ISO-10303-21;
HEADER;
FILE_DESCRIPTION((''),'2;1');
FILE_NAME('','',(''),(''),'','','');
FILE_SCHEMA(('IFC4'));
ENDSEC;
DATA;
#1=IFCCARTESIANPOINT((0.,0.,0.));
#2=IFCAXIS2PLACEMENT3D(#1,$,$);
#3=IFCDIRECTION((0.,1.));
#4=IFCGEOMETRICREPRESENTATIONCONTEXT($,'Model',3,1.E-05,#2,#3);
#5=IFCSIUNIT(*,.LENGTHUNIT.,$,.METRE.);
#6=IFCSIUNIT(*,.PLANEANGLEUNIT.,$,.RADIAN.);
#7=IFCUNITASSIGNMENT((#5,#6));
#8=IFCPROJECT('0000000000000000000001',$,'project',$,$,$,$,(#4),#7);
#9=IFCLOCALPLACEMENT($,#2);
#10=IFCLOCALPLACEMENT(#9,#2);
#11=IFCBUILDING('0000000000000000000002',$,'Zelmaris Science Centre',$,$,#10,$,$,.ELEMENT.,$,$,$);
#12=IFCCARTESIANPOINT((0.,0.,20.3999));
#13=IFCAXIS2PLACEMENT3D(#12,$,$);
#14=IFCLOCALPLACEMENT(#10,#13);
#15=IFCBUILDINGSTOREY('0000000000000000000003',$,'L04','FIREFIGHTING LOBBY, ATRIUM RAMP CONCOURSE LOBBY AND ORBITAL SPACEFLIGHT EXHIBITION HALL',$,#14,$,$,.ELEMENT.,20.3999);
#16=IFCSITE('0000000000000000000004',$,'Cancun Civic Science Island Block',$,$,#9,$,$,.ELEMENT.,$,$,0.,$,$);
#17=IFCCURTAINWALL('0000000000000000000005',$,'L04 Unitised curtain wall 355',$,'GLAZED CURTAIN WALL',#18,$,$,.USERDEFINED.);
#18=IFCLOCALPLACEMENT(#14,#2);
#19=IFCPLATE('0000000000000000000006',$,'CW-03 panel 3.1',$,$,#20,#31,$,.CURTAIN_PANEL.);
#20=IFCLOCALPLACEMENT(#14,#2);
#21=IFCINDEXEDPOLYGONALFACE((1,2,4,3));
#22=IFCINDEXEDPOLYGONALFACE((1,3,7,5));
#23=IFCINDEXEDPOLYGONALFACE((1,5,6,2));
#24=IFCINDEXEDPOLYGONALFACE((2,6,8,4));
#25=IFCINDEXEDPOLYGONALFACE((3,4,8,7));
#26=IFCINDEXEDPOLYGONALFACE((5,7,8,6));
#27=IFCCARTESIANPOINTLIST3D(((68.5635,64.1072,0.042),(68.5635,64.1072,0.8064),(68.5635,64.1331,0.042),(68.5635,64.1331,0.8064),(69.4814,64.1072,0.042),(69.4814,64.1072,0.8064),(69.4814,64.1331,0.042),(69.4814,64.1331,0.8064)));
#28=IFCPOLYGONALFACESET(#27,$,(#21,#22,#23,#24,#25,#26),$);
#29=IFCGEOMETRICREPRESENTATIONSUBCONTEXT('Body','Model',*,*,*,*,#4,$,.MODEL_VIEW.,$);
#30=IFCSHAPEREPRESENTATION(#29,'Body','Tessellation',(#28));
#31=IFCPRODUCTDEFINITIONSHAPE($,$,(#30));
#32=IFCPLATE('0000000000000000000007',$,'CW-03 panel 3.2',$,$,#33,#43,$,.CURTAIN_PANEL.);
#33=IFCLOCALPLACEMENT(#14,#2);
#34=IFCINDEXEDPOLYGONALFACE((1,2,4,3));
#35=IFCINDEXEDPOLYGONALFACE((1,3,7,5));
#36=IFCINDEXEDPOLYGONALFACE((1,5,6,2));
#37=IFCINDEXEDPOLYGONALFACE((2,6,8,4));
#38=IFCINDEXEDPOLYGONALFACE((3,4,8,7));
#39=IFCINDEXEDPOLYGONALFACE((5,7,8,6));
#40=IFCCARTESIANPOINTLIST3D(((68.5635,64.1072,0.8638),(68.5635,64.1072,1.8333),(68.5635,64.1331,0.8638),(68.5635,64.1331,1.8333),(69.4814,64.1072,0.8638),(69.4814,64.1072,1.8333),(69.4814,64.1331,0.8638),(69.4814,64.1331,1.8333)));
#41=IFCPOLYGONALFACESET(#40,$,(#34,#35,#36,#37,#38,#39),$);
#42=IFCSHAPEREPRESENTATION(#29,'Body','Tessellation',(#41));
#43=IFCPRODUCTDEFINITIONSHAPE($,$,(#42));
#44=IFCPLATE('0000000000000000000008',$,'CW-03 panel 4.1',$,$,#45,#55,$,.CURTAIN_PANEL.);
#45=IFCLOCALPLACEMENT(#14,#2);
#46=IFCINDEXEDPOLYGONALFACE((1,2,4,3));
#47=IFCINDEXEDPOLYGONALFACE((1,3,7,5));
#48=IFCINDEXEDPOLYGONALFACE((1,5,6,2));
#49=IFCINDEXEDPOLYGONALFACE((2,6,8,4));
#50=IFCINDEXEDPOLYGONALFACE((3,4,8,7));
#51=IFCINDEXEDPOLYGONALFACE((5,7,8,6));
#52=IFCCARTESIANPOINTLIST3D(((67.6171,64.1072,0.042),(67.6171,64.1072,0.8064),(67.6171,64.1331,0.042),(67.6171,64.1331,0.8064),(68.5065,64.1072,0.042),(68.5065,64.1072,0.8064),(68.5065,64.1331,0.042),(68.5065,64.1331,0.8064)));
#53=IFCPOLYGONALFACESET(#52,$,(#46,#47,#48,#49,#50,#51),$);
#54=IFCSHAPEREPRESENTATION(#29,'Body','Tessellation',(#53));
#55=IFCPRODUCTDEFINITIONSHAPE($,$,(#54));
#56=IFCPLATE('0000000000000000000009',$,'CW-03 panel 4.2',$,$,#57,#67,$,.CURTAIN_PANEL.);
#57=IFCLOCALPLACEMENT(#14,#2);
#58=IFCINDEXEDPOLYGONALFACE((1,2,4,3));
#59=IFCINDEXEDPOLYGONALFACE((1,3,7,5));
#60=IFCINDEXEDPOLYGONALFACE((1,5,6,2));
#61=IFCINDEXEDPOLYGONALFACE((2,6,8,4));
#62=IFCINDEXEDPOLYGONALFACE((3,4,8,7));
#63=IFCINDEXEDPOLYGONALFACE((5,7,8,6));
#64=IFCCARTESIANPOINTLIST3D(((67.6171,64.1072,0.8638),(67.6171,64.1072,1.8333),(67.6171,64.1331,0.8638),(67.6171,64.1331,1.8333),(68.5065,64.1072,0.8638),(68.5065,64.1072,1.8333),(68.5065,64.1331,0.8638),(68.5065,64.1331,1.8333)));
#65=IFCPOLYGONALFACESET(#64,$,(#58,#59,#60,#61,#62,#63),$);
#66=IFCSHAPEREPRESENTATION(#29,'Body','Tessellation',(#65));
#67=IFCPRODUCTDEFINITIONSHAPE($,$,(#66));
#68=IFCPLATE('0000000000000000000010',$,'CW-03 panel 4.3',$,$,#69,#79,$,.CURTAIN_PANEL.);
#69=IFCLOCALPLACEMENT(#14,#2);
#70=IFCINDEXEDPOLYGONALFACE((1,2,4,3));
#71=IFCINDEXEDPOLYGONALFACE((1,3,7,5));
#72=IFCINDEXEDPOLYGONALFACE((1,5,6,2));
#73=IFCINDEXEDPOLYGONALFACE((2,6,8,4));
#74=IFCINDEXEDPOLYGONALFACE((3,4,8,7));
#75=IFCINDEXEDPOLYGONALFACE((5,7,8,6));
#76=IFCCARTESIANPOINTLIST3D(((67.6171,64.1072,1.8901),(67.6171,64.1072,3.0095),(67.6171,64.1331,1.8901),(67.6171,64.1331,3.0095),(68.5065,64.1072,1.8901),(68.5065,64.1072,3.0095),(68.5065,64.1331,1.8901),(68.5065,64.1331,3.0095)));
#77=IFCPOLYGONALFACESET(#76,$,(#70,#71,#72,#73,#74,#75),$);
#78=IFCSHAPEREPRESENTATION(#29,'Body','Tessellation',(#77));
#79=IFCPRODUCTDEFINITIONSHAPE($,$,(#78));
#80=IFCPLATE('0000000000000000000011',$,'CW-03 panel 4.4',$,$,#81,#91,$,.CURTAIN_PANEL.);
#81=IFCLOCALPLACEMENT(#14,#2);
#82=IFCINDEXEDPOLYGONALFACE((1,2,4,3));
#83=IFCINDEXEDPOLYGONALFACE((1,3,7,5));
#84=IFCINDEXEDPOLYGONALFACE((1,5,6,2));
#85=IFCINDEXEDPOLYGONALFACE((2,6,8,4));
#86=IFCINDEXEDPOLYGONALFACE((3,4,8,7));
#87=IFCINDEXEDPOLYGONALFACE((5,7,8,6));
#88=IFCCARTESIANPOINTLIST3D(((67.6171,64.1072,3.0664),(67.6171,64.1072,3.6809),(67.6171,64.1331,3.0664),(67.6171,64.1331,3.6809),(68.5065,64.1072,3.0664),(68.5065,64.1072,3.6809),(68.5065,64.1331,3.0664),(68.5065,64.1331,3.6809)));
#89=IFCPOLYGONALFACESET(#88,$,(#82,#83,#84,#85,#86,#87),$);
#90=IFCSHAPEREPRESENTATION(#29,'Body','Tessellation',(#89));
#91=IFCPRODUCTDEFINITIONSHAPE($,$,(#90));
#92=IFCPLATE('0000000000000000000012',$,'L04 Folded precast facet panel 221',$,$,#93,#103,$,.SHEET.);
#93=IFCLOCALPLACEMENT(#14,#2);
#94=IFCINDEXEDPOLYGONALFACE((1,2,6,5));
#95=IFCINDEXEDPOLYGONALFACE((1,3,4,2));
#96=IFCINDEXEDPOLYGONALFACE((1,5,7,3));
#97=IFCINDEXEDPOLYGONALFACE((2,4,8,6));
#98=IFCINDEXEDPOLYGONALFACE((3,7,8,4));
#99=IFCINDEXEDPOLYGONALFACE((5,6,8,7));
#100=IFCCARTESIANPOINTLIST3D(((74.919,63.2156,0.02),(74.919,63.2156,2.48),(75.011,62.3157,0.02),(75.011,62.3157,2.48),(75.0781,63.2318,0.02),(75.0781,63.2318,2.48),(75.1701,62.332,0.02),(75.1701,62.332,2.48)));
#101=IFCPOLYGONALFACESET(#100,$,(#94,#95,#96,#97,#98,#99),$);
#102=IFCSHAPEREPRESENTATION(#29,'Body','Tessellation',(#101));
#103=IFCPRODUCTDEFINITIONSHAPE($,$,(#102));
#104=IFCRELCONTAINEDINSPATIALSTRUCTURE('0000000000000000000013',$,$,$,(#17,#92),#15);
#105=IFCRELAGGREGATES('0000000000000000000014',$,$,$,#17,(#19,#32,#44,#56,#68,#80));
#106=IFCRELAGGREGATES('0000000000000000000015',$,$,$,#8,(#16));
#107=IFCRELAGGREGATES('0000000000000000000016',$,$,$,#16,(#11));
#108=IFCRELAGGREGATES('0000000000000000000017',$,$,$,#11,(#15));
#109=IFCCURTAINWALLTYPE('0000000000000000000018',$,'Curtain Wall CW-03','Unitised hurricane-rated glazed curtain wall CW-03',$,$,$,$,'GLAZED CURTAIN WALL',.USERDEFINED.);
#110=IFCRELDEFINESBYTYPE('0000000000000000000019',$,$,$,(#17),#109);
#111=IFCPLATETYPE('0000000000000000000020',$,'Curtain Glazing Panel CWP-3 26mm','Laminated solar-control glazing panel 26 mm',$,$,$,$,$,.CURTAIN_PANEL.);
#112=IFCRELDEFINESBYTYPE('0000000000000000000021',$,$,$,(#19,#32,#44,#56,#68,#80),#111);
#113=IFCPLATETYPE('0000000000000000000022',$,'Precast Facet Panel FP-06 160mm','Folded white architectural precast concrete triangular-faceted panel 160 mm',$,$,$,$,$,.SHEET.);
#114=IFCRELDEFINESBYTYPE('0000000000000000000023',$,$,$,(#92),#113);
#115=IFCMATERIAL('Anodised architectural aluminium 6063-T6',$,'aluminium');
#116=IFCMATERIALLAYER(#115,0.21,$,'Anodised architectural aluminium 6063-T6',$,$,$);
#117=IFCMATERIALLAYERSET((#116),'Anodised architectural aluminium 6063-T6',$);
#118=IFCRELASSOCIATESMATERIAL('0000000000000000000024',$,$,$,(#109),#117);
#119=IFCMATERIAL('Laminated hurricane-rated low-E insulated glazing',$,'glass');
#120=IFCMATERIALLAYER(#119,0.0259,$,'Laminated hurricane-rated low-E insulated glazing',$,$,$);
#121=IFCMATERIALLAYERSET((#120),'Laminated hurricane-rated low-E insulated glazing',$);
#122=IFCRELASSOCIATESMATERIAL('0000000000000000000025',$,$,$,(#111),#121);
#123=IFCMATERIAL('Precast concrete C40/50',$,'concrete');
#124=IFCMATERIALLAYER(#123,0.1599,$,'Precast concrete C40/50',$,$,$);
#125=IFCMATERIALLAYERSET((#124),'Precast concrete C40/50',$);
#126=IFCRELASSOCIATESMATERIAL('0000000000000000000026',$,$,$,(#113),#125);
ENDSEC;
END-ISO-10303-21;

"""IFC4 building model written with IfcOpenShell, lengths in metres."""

from ifc_helpers import new_model, si_unit, direction, frame, frame_2d, origin, origin_2d, place, context, subcontext, project, spatial, rectangle, extrude, material, layer, layer_set, type_object, element, aggregate, save


model = new_model("IFC4")

# Units and contexts
model_context = context("Model", 3, precision=1e-05, world=origin(), true_north=direction((0.0, 1.0)))
body_context = subcontext(model_context, "Body", "Model", "MODEL_VIEW")
ifc_project = project(units=[si_unit("LENGTHUNIT", "METRE"), si_unit("PLANEANGLEUNIT", "RADIAN")], contexts=[model_context])

# Site, building, storey
site_placement = place(None, origin())
site = spatial("IfcSite", under=ifc_project, at=site_placement, Name="Cancun Civic Science Island Block", CompositionType="ELEMENT", RefElevation=0.0)
building_placement = place(site_placement, origin())
building = spatial("IfcBuilding", under=site, at=building_placement, Name="Zelmaris Science Centre", CompositionType="ELEMENT")
storey_placement = place(building_placement, frame((0.0, 0.0, 20.3999)))
storey = spatial("IfcBuildingStorey", under=building, at=storey_placement, Name="L04", Description="FIREFIGHTING LOBBY, ATRIUM RAMP CONCOURSE LOBBY AND ORBITAL SPACEFLIGHT EXHIBITION HALL", CompositionType="ELEMENT", Elevation=20.3999)

# Curtain wall
ifc_material_1 = material(Name="Anodised architectural aluminium 6063-T6", Category="aluminium")
ifc_layer_1 = layer(ifc_material_1, 0.21, Name="Anodised architectural aluminium 6063-T6")
ifc_layer_set_1 = layer_set([ifc_layer_1], Name="Anodised architectural aluminium 6063-T6")
curtain_wall_type = type_object("IfcCurtainWallType", Name="Curtain Wall CW-03", Description="Unitised hurricane-rated glazed curtain wall CW-03", ElementType="GLAZED CURTAIN WALL", PredefinedType="USERDEFINED", material=ifc_layer_set_1)
curtain_wall_placement = place(storey_placement, origin())
curtain_wall = element("IfcCurtainWall", 1, at=curtain_wall_placement, inside=storey, type_object=curtain_wall_type, Name="L04 Unitised curtain wall 355", ObjectType="GLAZED CURTAIN WALL", PredefinedType="USERDEFINED")

# Plates
ifc_material_2 = material(Name="Laminated hurricane-rated low-E insulated glazing", Category="glass")
ifc_layer_2 = layer(ifc_material_2, 0.0259, Name="Laminated hurricane-rated low-E insulated glazing")
ifc_layer_set_2 = layer_set([ifc_layer_2], Name="Laminated hurricane-rated low-E insulated glazing")
plate_type_1 = type_object("IfcPlateType", Name="Curtain Glazing Panel CWP-3 26mm", Description="Laminated solar-control glazing panel 26 mm", PredefinedType="CURTAIN_PANEL", material=ifc_layer_set_2)
plate_1_placement = place(storey_placement, frame((69.0225, 64.1201, 0.042), z_axis=(0.0, 0.0, 1.0), x_axis=(-1.0, 0.0, 0.0)))
plate_1 = element("IfcPlate", 2, at=plate_1_placement, type_object=plate_type_1, Name="CW-03 panel 3.1", PredefinedType="CURTAIN_PANEL", context=body_context, shape_type="SweptSolid", body=[
    extrude(rectangle(XDim=0.918, YDim=0.0259, at=origin_2d()), origin(), (0.0, 0.0, 1.0), 0.7644),
])
plate_2_placement = place(storey_placement, frame((69.0225, 64.1201, 0.8638), z_axis=(0.0, 0.0, 1.0), x_axis=(-1.0, 0.0, 0.0)))
plate_2 = element("IfcPlate", 3, at=plate_2_placement, type_object=plate_type_1, Name="CW-03 panel 3.2", PredefinedType="CURTAIN_PANEL", context=body_context, shape_type="SweptSolid", body=[
    extrude(rectangle(XDim=0.918, YDim=0.0259, at=origin_2d()), origin(), (0.0, 0.0, 1.0), 0.9695),
])
plate_3_placement = place(storey_placement, frame((68.0618, 64.1201, 0.042), z_axis=(0.0, 0.0, 1.0), x_axis=(-1.0, 0.0, 0.0)))
plate_3 = element("IfcPlate", 4, at=plate_3_placement, type_object=plate_type_1, Name="CW-03 panel 4.1", PredefinedType="CURTAIN_PANEL", context=body_context, shape_type="SweptSolid", body=[
    extrude(rectangle(XDim=0.8894, YDim=0.0259, at=origin_2d()), origin(), (0.0, 0.0, 1.0), 0.7644),
])
plate_4_placement = place(storey_placement, frame((68.0618, 64.1201, 0.8638), z_axis=(0.0, 0.0, 1.0), x_axis=(-1.0, 0.0, 0.0)))
plate_4 = element("IfcPlate", 5, at=plate_4_placement, type_object=plate_type_1, Name="CW-03 panel 4.2", PredefinedType="CURTAIN_PANEL", context=body_context, shape_type="SweptSolid", body=[
    extrude(rectangle(XDim=0.8894, YDim=0.0259, at=origin_2d()), origin(), (0.0, 0.0, 1.0), 0.9695),
])
plate_5_placement = place(storey_placement, frame((68.0618, 64.1201, 1.8901), z_axis=(0.0, 0.0, 1.0), x_axis=(-1.0, 0.0, 0.0)))
plate_5 = element("IfcPlate", 6, at=plate_5_placement, type_object=plate_type_1, Name="CW-03 panel 4.3", PredefinedType="CURTAIN_PANEL", context=body_context, shape_type="SweptSolid", body=[
    extrude(rectangle(XDim=0.8894, YDim=0.0259, at=origin_2d()), origin(), (0.0, 0.0, 1.0), 1.1194),
])
plate_6_placement = place(storey_placement, frame((68.0618, 64.1201, 3.0664), z_axis=(0.0, 0.0, 1.0), x_axis=(-1.0, 0.0, 0.0)))
plate_6 = element("IfcPlate", 7, at=plate_6_placement, type_object=plate_type_1, Name="CW-03 panel 4.4", PredefinedType="CURTAIN_PANEL", context=body_context, shape_type="SweptSolid", body=[
    extrude(rectangle(XDim=0.8894, YDim=0.0259, at=origin_2d()), origin(), (0.0, 0.0, 1.0), 0.6145),
])
aggregate(curtain_wall, [plate_1, plate_2, plate_3, plate_4, plate_5, plate_6])
ifc_material_3 = material(Name="Precast concrete C40/50", Category="concrete")
ifc_layer_3 = layer(ifc_material_3, 0.1599, Name="Precast concrete C40/50")
ifc_layer_set_3 = layer_set([ifc_layer_3], Name="Precast concrete C40/50")
plate_type_2 = type_object("IfcPlateType", Name="Precast Facet Panel FP-06 160mm", Description="Folded white architectural precast concrete triangular-faceted panel 160 mm", PredefinedType="SHEET", material=ifc_layer_set_3)
plate_7_placement = place(storey_placement, frame((75.0906, 62.324, 0.02), z_axis=(0.0, 0.0, 1.0), x_axis=(-0.101748, 0.99481, 0.0)))
element("IfcPlate", 8, at=plate_7_placement, inside=storey, type_object=plate_type_2, Name="L04 Folded precast facet panel 221", PredefinedType="SHEET", context=body_context, shape_type="SweptSolid", body=[
    extrude(rectangle(XDim=0.9045, YDim=0.1599, at=frame_2d((0.4521, 0.0))), origin(), (0.0, 0.0, 1.0), 2.46),
])

save(model, "model.ifc")
